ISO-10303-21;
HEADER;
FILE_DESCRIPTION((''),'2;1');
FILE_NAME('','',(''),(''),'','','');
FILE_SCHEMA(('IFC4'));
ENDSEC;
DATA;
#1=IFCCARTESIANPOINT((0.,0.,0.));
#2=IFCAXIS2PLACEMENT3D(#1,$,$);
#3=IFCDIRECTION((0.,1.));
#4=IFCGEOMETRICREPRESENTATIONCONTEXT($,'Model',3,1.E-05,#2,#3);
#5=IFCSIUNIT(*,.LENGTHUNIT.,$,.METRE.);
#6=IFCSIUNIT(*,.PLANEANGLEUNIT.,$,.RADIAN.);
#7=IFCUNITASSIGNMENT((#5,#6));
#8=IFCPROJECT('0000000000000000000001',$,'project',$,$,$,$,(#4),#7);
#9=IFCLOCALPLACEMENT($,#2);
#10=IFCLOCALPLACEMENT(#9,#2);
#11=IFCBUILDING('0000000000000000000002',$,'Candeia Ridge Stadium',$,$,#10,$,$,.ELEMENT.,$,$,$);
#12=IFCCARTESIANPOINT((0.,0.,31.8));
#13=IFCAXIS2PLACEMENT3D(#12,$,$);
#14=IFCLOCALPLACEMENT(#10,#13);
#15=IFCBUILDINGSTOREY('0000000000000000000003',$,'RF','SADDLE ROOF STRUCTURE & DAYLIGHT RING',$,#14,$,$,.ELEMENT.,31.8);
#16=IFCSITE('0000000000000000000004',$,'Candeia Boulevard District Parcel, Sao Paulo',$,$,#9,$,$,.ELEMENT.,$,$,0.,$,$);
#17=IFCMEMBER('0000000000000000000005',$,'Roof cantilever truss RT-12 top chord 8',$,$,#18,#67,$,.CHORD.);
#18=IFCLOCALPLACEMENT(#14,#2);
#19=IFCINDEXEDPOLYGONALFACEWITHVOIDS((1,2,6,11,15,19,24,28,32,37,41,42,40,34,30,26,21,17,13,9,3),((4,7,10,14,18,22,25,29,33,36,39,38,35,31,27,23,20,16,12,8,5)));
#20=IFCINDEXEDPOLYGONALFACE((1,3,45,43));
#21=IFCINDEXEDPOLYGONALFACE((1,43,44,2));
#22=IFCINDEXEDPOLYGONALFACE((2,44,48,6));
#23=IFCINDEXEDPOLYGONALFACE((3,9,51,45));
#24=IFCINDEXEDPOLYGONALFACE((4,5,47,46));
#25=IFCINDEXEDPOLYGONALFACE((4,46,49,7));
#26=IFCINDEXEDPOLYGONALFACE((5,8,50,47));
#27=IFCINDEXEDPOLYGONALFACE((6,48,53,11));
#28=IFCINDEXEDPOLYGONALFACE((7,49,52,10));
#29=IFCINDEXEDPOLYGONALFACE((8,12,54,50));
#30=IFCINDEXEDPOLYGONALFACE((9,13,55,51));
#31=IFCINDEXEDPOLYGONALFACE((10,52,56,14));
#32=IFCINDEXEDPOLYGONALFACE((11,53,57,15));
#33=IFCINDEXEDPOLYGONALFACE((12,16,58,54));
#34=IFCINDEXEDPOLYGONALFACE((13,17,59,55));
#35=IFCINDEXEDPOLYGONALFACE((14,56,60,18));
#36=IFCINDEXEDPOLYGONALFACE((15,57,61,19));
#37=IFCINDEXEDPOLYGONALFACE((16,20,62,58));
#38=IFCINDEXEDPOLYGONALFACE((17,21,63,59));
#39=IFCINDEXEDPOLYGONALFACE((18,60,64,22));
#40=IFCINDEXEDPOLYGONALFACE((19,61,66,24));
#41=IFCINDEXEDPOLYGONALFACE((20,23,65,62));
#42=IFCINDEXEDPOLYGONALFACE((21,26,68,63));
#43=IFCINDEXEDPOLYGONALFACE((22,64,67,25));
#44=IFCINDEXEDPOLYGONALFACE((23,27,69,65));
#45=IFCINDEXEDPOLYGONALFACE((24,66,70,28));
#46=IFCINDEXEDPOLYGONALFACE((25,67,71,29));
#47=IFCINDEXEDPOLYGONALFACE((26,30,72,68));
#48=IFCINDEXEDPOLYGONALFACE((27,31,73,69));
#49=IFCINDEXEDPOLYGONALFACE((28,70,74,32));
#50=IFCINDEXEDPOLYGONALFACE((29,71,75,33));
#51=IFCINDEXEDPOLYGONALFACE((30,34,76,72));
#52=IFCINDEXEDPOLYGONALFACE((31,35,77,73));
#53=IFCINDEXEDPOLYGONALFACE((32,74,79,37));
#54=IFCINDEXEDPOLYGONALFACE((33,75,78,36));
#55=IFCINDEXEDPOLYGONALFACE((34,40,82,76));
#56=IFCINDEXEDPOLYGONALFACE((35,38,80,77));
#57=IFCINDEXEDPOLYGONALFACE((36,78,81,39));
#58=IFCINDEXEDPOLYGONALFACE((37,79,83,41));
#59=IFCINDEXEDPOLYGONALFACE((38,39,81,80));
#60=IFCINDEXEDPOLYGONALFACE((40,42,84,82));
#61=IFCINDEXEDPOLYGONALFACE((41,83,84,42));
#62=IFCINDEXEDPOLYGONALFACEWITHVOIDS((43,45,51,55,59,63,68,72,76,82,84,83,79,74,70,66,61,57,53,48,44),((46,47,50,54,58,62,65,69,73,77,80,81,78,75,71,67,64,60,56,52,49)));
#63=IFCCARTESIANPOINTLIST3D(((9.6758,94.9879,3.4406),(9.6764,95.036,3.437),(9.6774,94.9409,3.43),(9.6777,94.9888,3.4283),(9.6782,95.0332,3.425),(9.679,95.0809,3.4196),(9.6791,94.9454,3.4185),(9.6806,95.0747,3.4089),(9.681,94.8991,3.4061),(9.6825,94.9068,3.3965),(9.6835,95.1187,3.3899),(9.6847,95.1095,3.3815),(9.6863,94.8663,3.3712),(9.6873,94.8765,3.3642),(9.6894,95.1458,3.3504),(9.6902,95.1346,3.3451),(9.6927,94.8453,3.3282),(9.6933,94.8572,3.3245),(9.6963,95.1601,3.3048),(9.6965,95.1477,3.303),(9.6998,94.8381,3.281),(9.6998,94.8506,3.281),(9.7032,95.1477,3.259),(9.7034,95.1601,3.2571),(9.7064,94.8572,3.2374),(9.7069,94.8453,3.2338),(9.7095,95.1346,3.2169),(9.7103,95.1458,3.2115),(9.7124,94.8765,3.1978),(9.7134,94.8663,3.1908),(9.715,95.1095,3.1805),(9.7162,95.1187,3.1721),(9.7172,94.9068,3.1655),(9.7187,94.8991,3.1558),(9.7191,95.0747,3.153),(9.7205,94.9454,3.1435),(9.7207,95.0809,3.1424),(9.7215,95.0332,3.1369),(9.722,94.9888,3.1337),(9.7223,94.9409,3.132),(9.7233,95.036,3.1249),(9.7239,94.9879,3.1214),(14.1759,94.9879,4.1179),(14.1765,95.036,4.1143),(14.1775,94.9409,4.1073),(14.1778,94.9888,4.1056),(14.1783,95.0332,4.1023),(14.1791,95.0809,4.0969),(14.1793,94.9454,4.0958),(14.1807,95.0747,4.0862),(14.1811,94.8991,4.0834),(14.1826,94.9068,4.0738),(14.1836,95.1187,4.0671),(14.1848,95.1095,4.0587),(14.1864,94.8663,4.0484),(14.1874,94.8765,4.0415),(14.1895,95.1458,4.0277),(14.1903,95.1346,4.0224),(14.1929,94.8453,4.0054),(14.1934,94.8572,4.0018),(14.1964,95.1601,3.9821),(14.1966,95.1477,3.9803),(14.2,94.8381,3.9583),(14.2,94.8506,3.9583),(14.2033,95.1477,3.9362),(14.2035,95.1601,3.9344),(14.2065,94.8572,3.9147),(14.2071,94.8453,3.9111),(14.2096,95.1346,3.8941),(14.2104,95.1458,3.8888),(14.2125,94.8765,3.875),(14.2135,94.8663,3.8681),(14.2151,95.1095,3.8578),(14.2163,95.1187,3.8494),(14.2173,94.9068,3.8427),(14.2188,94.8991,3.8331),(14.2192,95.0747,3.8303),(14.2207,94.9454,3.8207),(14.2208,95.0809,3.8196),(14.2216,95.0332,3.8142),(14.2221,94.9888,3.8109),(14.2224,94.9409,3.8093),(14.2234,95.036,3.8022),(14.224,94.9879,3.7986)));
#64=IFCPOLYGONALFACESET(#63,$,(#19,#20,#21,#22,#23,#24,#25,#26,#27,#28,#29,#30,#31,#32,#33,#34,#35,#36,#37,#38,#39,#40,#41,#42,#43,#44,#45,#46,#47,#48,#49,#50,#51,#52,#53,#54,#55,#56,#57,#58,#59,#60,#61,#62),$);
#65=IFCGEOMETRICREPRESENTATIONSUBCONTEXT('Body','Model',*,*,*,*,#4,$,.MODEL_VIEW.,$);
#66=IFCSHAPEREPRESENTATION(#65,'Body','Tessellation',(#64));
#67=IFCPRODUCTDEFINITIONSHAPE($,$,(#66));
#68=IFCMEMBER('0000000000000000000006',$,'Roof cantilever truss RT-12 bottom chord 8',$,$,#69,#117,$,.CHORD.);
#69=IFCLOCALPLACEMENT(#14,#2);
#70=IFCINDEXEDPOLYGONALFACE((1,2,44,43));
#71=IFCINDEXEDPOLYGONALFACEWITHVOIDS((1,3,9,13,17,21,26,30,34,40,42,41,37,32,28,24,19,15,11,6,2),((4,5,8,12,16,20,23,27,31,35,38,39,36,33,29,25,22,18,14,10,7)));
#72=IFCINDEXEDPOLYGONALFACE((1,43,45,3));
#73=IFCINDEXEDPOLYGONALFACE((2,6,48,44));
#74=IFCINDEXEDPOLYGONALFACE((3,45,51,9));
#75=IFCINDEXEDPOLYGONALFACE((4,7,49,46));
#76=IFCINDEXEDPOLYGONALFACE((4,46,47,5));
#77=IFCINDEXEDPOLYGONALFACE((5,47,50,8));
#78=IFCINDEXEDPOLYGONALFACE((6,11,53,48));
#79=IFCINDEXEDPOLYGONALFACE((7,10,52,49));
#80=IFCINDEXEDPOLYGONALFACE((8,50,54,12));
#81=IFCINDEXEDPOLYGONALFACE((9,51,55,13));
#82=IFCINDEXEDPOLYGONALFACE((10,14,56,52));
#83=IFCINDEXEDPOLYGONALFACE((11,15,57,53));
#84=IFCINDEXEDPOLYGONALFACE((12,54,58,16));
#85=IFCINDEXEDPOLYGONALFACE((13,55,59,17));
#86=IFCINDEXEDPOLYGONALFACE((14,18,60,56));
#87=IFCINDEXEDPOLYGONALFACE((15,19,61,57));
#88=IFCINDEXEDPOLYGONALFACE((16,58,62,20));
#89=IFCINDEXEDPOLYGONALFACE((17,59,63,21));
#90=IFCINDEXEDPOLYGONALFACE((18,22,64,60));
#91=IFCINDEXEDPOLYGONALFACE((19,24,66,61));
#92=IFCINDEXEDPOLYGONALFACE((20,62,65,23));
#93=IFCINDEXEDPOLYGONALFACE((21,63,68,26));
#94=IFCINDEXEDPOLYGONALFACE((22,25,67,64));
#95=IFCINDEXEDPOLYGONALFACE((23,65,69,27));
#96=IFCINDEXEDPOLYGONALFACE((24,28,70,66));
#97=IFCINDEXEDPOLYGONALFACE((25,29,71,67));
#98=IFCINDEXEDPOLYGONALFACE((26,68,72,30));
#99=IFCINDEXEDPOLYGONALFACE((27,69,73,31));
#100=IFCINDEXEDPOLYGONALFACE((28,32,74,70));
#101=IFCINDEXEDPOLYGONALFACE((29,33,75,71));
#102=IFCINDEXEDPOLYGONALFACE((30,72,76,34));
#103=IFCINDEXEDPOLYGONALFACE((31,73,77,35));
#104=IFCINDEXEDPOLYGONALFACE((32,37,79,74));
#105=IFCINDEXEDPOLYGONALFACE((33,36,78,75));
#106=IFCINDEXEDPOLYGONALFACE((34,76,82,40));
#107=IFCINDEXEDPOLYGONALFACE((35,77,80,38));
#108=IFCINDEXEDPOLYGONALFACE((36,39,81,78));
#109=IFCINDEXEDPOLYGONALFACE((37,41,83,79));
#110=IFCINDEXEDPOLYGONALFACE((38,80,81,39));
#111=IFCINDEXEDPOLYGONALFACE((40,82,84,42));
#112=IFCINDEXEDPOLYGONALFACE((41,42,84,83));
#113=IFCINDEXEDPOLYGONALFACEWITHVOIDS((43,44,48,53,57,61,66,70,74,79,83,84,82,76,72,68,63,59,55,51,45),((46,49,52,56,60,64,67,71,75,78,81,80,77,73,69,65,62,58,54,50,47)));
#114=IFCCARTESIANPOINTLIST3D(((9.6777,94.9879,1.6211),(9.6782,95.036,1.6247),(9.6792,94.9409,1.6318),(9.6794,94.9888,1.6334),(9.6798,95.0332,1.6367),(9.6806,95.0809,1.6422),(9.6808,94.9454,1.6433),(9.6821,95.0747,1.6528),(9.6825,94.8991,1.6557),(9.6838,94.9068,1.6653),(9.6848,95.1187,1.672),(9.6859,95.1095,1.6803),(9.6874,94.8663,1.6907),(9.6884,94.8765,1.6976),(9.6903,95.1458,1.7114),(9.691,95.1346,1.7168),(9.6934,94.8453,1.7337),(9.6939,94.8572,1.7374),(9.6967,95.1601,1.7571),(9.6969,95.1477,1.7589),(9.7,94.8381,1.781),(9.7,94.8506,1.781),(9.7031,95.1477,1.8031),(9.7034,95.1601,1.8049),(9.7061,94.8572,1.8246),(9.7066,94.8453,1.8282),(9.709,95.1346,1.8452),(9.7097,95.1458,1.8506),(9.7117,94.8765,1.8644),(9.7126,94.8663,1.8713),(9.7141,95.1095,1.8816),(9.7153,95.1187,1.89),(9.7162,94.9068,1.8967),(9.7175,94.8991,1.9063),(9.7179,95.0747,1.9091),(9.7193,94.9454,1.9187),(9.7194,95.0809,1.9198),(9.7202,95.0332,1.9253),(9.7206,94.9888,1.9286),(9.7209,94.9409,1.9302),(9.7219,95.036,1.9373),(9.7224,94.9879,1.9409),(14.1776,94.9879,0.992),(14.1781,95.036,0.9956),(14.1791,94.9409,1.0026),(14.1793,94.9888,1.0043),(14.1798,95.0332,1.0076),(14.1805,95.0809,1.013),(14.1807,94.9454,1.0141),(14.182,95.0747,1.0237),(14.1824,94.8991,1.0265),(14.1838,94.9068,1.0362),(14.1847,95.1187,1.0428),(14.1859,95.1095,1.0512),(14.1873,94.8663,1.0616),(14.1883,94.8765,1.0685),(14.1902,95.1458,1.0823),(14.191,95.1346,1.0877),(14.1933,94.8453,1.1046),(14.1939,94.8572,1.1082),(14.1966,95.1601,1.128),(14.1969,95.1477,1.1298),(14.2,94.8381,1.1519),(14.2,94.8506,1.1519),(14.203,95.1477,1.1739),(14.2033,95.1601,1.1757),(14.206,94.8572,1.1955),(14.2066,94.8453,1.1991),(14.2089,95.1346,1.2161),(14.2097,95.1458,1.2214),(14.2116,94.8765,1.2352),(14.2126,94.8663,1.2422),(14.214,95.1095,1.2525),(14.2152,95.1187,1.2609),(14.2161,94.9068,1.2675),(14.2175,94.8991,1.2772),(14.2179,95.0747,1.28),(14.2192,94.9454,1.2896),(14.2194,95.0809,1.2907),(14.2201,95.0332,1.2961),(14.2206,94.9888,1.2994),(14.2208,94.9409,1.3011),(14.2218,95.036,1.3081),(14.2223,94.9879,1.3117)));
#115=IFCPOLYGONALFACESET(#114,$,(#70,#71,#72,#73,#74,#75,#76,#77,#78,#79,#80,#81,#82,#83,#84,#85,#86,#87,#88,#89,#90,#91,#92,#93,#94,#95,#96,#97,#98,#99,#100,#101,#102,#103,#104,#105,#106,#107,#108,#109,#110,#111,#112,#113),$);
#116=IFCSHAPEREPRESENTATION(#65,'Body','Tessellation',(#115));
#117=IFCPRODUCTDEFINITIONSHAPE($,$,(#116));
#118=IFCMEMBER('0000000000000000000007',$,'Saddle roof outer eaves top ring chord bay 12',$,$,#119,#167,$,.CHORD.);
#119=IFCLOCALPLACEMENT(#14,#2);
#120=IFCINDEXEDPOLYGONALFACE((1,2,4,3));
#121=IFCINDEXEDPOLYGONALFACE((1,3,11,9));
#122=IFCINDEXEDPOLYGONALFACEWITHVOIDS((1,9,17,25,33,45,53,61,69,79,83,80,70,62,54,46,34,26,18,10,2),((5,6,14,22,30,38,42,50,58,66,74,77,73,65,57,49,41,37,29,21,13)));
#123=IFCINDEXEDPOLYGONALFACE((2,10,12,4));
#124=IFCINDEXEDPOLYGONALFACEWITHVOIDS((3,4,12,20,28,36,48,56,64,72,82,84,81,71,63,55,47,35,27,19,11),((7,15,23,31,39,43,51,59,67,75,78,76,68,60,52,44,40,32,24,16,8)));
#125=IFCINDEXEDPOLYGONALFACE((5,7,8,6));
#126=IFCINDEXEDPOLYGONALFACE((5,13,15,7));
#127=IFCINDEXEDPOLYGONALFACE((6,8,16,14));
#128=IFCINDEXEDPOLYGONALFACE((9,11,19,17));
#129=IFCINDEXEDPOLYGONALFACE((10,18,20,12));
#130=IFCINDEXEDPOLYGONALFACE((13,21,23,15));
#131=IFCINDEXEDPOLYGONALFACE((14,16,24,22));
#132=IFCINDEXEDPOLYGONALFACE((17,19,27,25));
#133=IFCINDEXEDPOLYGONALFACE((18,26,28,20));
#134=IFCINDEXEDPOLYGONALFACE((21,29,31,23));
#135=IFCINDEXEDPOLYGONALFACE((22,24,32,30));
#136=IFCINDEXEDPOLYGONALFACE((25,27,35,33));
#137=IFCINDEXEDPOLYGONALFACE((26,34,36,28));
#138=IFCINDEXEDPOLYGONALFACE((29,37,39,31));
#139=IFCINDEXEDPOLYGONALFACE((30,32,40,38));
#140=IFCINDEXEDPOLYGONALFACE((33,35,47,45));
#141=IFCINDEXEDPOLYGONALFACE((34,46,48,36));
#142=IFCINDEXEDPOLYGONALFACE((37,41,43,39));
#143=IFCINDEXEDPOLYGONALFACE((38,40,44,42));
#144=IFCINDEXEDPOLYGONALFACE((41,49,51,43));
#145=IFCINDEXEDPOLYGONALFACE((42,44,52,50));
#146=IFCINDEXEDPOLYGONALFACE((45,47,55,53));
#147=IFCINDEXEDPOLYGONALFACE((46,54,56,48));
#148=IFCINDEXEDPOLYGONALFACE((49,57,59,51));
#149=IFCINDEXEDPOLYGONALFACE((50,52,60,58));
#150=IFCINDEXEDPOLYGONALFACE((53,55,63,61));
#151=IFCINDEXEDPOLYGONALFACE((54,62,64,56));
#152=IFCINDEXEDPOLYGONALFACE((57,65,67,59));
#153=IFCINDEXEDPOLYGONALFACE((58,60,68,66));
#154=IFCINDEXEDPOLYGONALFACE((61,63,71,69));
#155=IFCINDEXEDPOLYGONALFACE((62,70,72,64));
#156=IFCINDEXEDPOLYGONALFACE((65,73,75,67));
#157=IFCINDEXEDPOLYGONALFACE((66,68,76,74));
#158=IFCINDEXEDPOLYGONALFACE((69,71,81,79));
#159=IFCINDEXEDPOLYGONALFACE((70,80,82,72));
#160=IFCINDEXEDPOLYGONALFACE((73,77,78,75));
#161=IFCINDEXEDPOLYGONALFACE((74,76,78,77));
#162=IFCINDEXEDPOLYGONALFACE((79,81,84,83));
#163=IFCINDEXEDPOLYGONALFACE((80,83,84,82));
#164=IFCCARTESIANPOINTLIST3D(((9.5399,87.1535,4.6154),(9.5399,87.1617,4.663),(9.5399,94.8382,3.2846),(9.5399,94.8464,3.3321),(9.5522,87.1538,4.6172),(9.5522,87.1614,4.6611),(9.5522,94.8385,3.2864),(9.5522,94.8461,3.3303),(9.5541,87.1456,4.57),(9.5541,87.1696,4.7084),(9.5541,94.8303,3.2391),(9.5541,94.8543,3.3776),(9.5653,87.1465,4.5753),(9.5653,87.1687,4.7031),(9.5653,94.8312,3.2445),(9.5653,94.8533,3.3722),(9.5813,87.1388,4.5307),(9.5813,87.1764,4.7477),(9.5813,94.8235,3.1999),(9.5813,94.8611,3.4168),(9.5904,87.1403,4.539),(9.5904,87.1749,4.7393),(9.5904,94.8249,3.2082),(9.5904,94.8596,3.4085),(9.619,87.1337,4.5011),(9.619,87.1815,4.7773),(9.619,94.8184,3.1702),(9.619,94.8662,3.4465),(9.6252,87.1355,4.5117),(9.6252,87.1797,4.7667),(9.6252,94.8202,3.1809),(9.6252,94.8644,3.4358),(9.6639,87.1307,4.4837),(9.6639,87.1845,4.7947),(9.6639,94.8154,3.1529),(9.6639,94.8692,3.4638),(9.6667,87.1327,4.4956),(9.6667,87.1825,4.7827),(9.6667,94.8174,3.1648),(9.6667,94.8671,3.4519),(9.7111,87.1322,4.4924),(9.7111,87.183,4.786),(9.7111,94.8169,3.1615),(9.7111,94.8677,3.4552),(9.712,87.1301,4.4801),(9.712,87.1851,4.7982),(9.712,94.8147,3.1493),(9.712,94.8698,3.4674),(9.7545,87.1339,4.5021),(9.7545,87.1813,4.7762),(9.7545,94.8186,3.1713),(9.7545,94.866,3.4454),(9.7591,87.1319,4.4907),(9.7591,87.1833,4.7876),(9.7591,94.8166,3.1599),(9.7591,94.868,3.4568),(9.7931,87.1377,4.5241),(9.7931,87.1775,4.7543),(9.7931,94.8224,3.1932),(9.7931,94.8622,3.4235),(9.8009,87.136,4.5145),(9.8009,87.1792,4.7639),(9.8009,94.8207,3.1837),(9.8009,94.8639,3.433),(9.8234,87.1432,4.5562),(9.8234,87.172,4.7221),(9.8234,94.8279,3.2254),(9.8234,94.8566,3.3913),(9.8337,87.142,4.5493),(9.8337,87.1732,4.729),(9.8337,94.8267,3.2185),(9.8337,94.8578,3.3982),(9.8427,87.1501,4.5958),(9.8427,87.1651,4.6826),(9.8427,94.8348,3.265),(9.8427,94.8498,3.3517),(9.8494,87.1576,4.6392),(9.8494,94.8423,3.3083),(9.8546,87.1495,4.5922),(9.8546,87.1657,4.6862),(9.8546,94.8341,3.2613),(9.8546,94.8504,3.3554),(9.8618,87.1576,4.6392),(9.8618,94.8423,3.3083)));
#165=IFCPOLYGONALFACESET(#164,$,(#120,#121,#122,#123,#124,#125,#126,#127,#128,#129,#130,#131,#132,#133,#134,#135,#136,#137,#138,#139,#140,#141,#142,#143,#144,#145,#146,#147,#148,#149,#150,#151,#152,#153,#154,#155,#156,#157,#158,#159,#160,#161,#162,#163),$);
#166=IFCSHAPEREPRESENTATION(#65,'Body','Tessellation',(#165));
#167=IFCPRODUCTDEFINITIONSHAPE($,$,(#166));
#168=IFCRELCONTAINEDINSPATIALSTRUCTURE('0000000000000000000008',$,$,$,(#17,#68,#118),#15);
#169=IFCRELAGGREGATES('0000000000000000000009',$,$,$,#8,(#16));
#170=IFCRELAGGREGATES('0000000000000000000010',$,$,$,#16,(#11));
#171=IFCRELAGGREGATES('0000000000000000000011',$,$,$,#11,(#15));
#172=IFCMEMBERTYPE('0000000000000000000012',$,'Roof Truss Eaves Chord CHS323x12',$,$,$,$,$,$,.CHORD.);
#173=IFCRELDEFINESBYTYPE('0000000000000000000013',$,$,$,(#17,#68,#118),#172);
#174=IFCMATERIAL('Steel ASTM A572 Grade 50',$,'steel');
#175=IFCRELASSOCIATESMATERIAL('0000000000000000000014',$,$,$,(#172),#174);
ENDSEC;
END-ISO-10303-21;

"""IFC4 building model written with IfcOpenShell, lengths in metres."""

from ifc_helpers import new_model, si_unit, direction, frame, origin, origin_2d, place, context, subcontext, project, spatial, hollow_circle, extrude, material, material_profile, profile_set, type_object, element, save


model = new_model("IFC4")

# Units and contexts
model_context = context("Model", 3, precision=1e-05, world=origin(), true_north=direction((0.0, 1.0)))
body_context = subcontext(model_context, "Body", "Model", "MODEL_VIEW")
ifc_project = project(units=[si_unit("LENGTHUNIT", "METRE"), si_unit("PLANEANGLEUNIT", "RADIAN")], contexts=[model_context])

# Site, building, storey
site_placement = place(None, origin())
site = spatial("IfcSite", under=ifc_project, at=site_placement, Name="Candeia Boulevard District Parcel, Sao Paulo", CompositionType="ELEMENT", RefElevation=0.0)
building_placement = place(site_placement, origin())
building = spatial("IfcBuilding", under=site, at=building_placement, Name="Candeia Ridge Stadium", CompositionType="ELEMENT")
storey_placement = place(building_placement, frame((0.0, 0.0, 31.8)))
storey = spatial("IfcBuildingStorey", under=building, at=storey_placement, Name="RF", Description="SADDLE ROOF STRUCTURE & DAYLIGHT RING", CompositionType="ELEMENT", Elevation=31.8)

# Shared definitions
ifc_material_1 = material(Name="Steel ASTM A572 Grade 50", Category="steel")

# Members
ifc_material_profile_1 = material_profile(ifc_material_1, hollow_circle(Radius=0.1619, WallThickness=0.0125, at=origin_2d()), Name="CHS323x12", Category="steel")
ifc_profile_set_1 = profile_set([ifc_material_profile_1], Name="Steel ASTM A572 Grade 50")
member_type_1 = type_object("IfcMemberType", Name="Roof Truss Eaves Chord CHS323x12", PredefinedType="CHORD", material=ifc_profile_set_1)
member_1_placement = place(storey_placement, frame((14.2, 95.0, 3.9583), z_axis=(-0.988864, 0.0, -0.148823), x_axis=(0.0, -1.0, 0.0)))
element("IfcMember", 1, at=member_1_placement, inside=storey, type_object=member_type_1, Name="Roof cantilever truss RT-12 top chord 8", PredefinedType="CHORD", context=body_context, shape_type="SweptSolid", body=[
    extrude(hollow_circle(Radius=0.1619, WallThickness=0.0125, at=origin_2d()), origin(), (0.0, 0.0, 1.0), 4.5508),
])
member_2_placement = place(storey_placement, frame((14.2, 95.0, 1.1519), z_axis=(-0.990367, 0.0, 0.138464), x_axis=(0.0, -1.0, 0.0)))
element("IfcMember", 2, at=member_2_placement, inside=storey, type_object=member_type_1, Name="Roof cantilever truss RT-12 bottom chord 8", PredefinedType="CHORD", context=body_context, shape_type="SweptSolid", body=[
    extrude(hollow_circle(Radius=0.1619, WallThickness=0.0125, at=origin_2d()), origin(), (0.0, 0.0, 1.0), 4.5437),
])
for number, where, z_axis, x_axis, name in (
    (3, (9.7, 94.8423, 3.3083), (0.0, -0.985334, 0.17064), (1.0, 0.0, 0.0), "Saddle roof outer eaves top ring chord bay 12"),
):
    element("IfcMember", number, at=place(storey_placement, frame(where, z_axis=z_axis, x_axis=x_axis)), inside=storey, type_object=member_type_1, Name=name, PredefinedType="CHORD", context=body_context, shape_type="SweptSolid", body=[
        extrude(hollow_circle(Radius=0.1619, WallThickness=0.0125, at=origin_2d()), origin(), (0.0, 0.0, 1.0), 7.7991),
    ])

save(model, "model.ifc")
